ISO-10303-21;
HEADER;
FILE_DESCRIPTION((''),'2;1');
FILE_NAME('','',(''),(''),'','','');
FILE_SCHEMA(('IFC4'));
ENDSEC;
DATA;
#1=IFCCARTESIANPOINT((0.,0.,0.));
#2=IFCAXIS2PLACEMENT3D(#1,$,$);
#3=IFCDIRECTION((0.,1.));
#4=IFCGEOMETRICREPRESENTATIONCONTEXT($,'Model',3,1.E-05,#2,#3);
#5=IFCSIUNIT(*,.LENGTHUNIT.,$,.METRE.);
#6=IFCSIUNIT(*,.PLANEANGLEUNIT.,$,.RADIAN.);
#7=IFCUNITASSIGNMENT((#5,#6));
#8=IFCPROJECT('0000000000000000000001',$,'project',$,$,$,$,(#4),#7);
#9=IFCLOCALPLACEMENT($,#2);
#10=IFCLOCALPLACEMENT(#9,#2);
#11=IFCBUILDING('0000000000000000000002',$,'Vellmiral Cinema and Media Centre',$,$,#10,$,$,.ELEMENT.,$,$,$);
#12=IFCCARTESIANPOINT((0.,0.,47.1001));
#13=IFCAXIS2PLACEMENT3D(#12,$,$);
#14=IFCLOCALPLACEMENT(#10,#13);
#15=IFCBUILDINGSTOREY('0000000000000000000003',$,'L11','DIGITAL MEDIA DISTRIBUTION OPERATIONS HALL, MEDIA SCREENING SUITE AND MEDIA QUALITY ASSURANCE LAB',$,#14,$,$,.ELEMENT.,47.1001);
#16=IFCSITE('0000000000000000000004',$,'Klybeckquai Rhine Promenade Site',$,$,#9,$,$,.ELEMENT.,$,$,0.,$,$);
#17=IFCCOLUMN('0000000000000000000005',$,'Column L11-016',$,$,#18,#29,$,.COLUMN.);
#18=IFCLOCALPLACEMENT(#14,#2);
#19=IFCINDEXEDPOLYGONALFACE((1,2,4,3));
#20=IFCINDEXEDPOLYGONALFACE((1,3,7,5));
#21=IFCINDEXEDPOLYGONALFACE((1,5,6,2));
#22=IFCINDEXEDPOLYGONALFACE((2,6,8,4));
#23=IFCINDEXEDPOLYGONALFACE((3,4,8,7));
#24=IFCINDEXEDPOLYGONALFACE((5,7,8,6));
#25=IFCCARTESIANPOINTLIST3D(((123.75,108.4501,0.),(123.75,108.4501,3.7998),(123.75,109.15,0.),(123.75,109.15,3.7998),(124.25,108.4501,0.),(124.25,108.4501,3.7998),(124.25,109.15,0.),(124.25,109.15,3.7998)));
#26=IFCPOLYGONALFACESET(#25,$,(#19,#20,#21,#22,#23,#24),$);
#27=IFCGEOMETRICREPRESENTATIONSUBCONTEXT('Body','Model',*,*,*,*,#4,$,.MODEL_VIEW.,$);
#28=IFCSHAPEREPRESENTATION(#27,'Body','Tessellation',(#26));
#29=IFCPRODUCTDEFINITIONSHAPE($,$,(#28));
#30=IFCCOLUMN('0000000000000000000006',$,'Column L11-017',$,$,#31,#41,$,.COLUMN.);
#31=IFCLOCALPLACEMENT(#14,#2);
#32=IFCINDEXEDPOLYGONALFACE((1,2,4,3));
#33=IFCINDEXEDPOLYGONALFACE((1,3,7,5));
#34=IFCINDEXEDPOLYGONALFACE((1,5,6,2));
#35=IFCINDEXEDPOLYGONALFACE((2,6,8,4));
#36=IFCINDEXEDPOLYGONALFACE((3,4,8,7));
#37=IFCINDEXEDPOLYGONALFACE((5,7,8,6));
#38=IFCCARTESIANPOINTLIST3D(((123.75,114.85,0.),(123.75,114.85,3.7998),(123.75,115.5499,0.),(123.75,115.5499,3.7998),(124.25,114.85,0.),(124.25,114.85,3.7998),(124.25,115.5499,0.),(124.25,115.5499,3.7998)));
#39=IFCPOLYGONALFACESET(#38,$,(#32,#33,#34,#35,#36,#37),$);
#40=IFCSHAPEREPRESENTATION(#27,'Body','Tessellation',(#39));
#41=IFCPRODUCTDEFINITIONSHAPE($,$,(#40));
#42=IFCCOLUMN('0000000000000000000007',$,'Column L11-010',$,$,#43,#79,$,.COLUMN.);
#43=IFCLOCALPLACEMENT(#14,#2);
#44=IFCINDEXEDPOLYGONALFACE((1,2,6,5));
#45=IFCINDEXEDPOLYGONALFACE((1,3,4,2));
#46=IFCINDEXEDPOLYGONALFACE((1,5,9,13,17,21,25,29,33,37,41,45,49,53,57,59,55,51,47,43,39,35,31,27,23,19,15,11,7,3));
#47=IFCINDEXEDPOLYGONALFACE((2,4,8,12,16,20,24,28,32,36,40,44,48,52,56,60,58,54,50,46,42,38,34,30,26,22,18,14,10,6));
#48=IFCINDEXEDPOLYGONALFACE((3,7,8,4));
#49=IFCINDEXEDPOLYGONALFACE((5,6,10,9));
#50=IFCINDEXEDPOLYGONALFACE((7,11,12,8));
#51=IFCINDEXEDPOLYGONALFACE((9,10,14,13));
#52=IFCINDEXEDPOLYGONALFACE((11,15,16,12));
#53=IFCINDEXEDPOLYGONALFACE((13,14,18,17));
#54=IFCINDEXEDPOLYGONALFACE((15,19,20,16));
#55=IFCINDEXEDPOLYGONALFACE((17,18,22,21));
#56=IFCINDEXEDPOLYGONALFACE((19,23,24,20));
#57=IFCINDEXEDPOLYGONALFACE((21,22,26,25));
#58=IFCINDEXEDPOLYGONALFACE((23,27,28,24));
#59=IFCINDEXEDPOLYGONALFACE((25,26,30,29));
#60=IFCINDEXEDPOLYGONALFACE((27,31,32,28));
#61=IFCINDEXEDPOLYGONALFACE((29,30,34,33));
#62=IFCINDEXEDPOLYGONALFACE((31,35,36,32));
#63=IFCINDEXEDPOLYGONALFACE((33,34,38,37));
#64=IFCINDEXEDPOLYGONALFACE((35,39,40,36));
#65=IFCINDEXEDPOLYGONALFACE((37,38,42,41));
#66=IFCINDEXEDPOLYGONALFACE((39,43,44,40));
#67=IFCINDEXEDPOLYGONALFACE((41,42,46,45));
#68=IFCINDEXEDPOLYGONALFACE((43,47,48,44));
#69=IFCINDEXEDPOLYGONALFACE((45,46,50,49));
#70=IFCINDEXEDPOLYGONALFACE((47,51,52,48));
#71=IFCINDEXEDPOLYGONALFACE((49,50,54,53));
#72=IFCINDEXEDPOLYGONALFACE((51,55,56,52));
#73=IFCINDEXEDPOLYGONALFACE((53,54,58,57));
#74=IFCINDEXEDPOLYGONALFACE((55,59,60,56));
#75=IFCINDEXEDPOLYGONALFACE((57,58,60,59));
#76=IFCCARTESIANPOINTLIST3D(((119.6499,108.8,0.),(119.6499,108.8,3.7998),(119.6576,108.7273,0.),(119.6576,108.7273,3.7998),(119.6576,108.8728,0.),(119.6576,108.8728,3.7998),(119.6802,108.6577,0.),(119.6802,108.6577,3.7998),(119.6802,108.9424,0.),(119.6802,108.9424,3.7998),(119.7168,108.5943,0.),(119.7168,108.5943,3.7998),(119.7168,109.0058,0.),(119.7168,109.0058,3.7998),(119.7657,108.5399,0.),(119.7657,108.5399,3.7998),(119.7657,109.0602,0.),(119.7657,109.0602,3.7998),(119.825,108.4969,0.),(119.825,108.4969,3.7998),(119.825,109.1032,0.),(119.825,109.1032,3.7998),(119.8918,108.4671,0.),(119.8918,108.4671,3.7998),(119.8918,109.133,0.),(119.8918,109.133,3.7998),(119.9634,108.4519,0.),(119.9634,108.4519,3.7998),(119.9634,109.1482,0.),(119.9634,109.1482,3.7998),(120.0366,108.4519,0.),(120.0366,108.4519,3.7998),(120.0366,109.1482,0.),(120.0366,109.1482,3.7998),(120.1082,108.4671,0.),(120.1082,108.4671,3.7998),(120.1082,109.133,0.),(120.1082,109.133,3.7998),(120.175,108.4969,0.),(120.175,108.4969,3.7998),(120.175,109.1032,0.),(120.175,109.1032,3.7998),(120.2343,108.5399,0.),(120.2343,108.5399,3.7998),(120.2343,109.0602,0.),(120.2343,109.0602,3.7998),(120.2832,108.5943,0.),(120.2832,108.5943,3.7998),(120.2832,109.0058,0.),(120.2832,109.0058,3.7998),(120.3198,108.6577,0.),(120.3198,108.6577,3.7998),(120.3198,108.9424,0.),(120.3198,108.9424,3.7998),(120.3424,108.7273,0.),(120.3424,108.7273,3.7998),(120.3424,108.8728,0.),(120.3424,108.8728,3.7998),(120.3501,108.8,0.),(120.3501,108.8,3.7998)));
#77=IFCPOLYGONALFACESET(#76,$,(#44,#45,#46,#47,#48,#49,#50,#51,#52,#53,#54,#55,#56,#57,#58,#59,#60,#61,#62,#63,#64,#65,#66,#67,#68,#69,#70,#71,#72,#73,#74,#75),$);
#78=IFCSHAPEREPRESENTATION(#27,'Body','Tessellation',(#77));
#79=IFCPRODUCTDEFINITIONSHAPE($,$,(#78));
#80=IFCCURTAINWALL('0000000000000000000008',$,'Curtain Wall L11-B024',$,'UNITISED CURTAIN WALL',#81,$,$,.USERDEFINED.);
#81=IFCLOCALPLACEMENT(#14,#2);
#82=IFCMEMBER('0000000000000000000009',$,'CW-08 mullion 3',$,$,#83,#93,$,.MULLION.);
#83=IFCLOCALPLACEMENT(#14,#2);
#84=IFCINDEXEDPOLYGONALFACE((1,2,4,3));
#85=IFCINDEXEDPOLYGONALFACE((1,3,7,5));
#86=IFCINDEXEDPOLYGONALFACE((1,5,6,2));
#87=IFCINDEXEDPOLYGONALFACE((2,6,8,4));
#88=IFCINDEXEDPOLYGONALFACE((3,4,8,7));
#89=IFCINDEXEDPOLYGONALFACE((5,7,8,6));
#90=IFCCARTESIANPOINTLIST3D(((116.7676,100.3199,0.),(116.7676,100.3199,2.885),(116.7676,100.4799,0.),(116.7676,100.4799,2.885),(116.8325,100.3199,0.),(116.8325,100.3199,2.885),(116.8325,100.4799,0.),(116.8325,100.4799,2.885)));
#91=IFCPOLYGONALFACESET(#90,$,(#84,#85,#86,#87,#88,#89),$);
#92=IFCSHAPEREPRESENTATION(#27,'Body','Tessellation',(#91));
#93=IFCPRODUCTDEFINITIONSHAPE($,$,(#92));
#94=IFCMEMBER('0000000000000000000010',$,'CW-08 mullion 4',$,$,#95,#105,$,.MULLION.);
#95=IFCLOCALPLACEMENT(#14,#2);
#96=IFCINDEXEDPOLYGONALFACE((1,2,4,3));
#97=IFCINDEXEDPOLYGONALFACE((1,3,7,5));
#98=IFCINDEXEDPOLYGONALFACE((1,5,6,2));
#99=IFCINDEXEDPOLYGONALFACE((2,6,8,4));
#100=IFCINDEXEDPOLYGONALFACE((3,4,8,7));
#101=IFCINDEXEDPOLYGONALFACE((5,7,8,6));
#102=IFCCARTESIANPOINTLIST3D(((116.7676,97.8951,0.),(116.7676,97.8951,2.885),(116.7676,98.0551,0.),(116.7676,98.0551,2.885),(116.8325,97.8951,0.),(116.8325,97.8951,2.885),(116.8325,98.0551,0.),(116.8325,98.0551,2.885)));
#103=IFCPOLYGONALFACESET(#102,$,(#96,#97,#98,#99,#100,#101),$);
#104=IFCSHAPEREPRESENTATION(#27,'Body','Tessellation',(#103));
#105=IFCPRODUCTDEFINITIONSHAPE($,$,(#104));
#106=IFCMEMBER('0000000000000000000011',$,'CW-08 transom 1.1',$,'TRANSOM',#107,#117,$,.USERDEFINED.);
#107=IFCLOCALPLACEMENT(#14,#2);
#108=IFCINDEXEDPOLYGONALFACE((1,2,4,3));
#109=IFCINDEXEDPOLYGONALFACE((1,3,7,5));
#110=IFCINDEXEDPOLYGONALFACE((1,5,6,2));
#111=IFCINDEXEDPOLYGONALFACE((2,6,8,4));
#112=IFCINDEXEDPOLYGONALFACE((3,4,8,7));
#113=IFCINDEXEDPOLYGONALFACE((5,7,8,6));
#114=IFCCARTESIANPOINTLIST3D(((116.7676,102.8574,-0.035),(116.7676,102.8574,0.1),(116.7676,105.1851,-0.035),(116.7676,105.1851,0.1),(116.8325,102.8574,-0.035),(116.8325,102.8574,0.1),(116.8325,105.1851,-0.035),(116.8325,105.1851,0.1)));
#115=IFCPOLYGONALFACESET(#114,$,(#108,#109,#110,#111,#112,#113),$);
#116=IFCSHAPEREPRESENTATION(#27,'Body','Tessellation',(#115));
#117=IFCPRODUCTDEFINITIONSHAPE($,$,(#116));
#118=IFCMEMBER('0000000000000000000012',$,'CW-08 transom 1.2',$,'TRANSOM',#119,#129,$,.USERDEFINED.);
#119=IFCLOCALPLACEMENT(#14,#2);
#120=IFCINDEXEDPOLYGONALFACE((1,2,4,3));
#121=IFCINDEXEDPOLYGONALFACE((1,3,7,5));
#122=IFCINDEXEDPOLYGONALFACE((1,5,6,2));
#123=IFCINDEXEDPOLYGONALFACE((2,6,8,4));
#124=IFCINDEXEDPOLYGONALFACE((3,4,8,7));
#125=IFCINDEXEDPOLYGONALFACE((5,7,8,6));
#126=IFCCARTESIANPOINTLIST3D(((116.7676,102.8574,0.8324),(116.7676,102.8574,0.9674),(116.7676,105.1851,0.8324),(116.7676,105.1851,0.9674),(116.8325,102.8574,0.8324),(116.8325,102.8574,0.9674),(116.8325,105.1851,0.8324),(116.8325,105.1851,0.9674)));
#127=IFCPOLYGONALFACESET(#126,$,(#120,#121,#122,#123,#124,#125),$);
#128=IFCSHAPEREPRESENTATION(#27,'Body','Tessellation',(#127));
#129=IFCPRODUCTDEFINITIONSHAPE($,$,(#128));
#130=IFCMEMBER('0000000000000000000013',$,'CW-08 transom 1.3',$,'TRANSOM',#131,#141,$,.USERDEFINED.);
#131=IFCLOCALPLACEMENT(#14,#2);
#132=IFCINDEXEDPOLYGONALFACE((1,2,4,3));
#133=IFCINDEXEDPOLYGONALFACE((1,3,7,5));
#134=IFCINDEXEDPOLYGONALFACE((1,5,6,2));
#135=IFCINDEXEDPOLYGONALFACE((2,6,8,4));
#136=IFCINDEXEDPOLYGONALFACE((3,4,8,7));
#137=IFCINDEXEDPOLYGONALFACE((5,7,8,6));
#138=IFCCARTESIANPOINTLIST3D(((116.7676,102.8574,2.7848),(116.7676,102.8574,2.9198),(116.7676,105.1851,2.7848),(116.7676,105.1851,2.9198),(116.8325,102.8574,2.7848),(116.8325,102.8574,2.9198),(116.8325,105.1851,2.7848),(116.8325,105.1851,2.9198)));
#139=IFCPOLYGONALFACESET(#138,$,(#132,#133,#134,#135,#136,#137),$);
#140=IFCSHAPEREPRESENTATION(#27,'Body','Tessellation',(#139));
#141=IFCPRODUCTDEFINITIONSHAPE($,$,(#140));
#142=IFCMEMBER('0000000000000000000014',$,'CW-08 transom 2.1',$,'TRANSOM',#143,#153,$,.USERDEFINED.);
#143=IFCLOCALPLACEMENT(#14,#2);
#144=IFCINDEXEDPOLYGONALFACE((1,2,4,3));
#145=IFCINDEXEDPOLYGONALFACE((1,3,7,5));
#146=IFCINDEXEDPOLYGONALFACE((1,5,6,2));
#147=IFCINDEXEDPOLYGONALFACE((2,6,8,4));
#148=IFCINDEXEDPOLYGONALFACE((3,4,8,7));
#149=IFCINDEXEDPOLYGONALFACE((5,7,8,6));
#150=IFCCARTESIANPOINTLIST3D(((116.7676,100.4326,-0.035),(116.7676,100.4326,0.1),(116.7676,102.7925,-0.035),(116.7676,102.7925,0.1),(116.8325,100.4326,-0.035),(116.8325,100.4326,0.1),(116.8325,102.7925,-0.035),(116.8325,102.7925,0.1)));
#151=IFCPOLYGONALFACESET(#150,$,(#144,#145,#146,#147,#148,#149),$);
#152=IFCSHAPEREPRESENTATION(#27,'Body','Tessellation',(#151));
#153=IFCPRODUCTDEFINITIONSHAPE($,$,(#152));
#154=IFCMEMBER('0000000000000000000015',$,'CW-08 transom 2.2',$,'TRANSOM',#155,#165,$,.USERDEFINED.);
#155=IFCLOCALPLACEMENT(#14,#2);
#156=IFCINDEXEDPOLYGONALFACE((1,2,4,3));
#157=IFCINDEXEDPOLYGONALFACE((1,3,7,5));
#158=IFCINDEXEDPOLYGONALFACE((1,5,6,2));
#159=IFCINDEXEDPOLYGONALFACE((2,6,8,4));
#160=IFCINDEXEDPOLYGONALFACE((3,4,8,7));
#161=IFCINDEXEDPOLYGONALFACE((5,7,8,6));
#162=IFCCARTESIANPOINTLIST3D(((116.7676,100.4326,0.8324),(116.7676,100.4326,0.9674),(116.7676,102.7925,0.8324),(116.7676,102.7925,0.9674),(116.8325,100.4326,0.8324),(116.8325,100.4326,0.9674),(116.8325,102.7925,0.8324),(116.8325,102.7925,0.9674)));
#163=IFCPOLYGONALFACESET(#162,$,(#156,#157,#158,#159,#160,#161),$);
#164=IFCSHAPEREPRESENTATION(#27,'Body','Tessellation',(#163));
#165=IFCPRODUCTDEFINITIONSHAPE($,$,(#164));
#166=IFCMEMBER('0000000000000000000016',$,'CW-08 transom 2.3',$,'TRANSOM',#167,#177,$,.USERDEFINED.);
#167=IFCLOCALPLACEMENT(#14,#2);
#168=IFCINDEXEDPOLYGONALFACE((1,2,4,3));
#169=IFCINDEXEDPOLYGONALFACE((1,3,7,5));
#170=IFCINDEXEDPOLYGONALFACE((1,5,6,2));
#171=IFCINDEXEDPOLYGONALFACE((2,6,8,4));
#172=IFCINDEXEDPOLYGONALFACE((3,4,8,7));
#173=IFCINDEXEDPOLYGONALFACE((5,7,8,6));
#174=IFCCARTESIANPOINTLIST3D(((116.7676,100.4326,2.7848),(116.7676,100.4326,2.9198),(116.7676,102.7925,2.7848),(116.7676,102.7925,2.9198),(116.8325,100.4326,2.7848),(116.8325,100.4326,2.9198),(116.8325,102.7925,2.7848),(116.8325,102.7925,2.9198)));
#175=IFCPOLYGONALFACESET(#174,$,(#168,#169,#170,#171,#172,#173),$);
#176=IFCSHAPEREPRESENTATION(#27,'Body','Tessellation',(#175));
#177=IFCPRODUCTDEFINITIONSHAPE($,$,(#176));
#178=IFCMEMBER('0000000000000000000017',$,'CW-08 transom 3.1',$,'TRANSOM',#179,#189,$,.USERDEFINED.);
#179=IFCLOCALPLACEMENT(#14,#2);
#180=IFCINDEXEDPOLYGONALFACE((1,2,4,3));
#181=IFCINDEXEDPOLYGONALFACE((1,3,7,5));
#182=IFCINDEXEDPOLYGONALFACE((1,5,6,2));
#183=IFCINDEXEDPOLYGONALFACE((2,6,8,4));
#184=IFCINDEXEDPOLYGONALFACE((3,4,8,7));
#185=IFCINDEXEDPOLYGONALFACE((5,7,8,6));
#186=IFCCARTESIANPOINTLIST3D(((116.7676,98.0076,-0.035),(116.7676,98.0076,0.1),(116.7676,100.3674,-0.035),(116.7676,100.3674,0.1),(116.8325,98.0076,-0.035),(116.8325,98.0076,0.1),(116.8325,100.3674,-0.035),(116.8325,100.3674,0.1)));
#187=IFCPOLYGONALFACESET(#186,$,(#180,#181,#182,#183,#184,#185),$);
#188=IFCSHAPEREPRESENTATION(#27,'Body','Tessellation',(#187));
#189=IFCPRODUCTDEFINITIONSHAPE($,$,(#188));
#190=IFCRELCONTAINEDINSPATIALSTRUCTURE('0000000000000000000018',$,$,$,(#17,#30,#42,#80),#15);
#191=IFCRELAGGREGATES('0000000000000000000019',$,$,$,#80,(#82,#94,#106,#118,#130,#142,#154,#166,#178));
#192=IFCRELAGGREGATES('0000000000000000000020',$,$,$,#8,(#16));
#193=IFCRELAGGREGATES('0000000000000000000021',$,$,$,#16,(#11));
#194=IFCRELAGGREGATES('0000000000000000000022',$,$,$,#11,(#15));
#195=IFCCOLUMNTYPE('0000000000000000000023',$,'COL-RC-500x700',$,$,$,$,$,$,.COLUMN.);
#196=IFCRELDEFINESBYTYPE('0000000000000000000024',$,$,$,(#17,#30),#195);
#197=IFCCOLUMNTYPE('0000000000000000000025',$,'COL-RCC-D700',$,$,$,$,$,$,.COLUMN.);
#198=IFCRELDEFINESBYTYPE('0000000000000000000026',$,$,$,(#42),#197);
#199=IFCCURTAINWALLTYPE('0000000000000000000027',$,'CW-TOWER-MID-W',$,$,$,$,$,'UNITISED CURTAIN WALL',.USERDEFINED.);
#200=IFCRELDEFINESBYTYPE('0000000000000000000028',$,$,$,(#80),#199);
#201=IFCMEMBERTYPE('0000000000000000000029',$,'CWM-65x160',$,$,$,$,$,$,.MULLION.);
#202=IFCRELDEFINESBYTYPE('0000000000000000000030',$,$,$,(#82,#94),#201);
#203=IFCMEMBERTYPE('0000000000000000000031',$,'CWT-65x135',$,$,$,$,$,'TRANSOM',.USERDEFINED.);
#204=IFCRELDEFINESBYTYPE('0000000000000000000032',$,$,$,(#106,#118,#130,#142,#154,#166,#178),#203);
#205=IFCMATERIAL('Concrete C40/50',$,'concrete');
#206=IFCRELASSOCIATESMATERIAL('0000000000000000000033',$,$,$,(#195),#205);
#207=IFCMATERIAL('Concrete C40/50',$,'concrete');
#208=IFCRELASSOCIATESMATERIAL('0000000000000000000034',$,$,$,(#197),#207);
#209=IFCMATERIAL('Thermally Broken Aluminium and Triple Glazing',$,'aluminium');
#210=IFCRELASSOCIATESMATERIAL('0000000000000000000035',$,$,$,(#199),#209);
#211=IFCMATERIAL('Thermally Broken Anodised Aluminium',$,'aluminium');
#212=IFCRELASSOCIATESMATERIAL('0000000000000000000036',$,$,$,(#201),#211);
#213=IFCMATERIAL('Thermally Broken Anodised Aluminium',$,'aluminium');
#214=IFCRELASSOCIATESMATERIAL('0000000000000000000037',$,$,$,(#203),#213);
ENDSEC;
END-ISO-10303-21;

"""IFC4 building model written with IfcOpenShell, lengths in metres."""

from ifc_helpers import new_model, si_unit, direction, frame, origin, origin_2d, place, context, subcontext, project, spatial, rectangle, circle, extrude, material, material_profile, profile_set, type_object, element, aggregate, save


model = new_model("IFC4")

# Units and contexts
model_context = context("Model", 3, precision=1e-05, world=origin(), true_north=direction((0.0, 1.0)))
body_context = subcontext(model_context, "Body", "Model", "MODEL_VIEW")
ifc_project = project(units=[si_unit("LENGTHUNIT", "METRE"), si_unit("PLANEANGLEUNIT", "RADIAN")], contexts=[model_context])

# Site, building, storey
site_placement = place(None, origin())
site = spatial("IfcSite", under=ifc_project, at=site_placement, Name="Klybeckquai Rhine Promenade Site", CompositionType="ELEMENT", RefElevation=0.0)
building_placement = place(site_placement, origin())
building = spatial("IfcBuilding", under=site, at=building_placement, Name="Vellmiral Cinema and Media Centre", CompositionType="ELEMENT")
storey_placement = place(building_placement, frame((0.0, 0.0, 47.1001)))
storey = spatial("IfcBuildingStorey", under=building, at=storey_placement, Name="L11", Description="DIGITAL MEDIA DISTRIBUTION OPERATIONS HALL, MEDIA SCREENING SUITE AND MEDIA QUALITY ASSURANCE LAB", CompositionType="ELEMENT", Elevation=47.1001)

# Columns
ifc_material_1 = material(Name="Concrete C40/50", Category="concrete")
ifc_material_profile_1 = material_profile(ifc_material_1, rectangle(XDim=0.5, YDim=0.7, at=origin_2d()), Name="RC 500x700")
ifc_profile_set_1 = profile_set([ifc_material_profile_1], Name="Concrete C40/50")
column_type_1 = type_object("IfcColumnType", Name="COL-RC-500x700", PredefinedType="COLUMN", material=ifc_profile_set_1)
for number, where, z_axis, x_axis, name in (
    (1, (124.0, 108.8, 0.0), (0.0, 0.0, 1.0), (1.0, 0.0, 0.0), "Column L11-016"),
    (2, (124.0, 115.2, 0.0), (0.0, 0.0, 1.0), (1.0, 0.0, 0.0), "Column L11-017"),
):
    element("IfcColumn", number, at=place(storey_placement, frame(where, z_axis=z_axis, x_axis=x_axis)), inside=storey, type_object=column_type_1, Name=name, PredefinedType="COLUMN", context=body_context, shape_type="SweptSolid", body=[
        extrude(rectangle(XDim=0.5, YDim=0.7, at=origin_2d()), origin(), (0.0, 0.0, 1.0), 3.7998),
    ])
ifc_material_2 = material(Name="Concrete C40/50", Category="concrete")
ifc_material_profile_2 = material_profile(ifc_material_2, circle(Radius=0.3501, at=origin_2d()), Name="RC D700")
ifc_profile_set_2 = profile_set([ifc_material_profile_2], Name="Concrete C40/50")
column_type_2 = type_object("IfcColumnType", Name="COL-RCC-D700", PredefinedType="COLUMN", material=ifc_profile_set_2)
column_placement = place(storey_placement, frame((120.0, 108.8, 0.0), z_axis=(0.0, 0.0, 1.0), x_axis=(1.0, 0.0, 0.0)))
element("IfcColumn", 3, at=column_placement, inside=storey, type_object=column_type_2, Name="Column L11-010", PredefinedType="COLUMN", context=body_context, shape_type="SweptSolid", body=[
    extrude(circle(Radius=0.3501, at=origin_2d()), origin(), (0.0, 0.0, 1.0), 3.7998),
])

# Curtain wall, members
ifc_material_3 = material(Name="Thermally Broken Aluminium and Triple Glazing", Category="aluminium")
curtain_wall_type = type_object("IfcCurtainWallType", Name="CW-TOWER-MID-W", ElementType="UNITISED CURTAIN WALL", PredefinedType="USERDEFINED", material=ifc_material_3)
curtain_wall_placement = place(storey_placement, origin())
curtain_wall = element("IfcCurtainWall", 4, at=curtain_wall_placement, inside=storey, type_object=curtain_wall_type, Name="Curtain Wall L11-B024", ObjectType="UNITISED CURTAIN WALL", PredefinedType="USERDEFINED")
ifc_material_4 = material(Name="Thermally Broken Anodised Aluminium", Category="aluminium")
ifc_material_profile_3 = material_profile(ifc_material_4, rectangle(XDim=0.0649, YDim=0.1599, at=origin_2d()), Name="MULL 65x160")
ifc_profile_set_3 = profile_set([ifc_material_profile_3], Name="Thermally Broken Anodised Aluminium")
member_type_1 = type_object("IfcMemberType", Name="CWM-65x160", PredefinedType="MULLION", material=ifc_profile_set_3)
member_1_placement = place(storey_placement, frame((116.8, 100.3999, 0.0), z_axis=(0.0, 0.0, 1.0), x_axis=(1.0, 0.0, 0.0)))
member_1 = element("IfcMember", 5, at=member_1_placement, type_object=member_type_1, Name="CW-08 mullion 3", PredefinedType="MULLION", context=body_context, shape_type="SweptSolid", body=[
    extrude(rectangle(XDim=0.0649, YDim=0.1599, at=origin_2d()), origin(), (0.0, 0.0, 1.0), 2.885),
])
member_2_placement = place(storey_placement, frame((116.8, 97.9751, 0.0), z_axis=(0.0, 0.0, 1.0), x_axis=(1.0, 0.0, 0.0)))
member_2 = element("IfcMember", 6, at=member_2_placement, type_object=member_type_1, Name="CW-08 mullion 4", PredefinedType="MULLION", context=body_context, shape_type="SweptSolid", body=[
    extrude(rectangle(XDim=0.0649, YDim=0.1599, at=origin_2d()), origin(), (0.0, 0.0, 1.0), 2.885),
])
ifc_material_5 = material(Name="Thermally Broken Anodised Aluminium", Category="aluminium")
ifc_material_profile_4 = material_profile(ifc_material_5, rectangle(XDim=0.0649, YDim=0.135, at=origin_2d()), Name="MULL 65x135")
ifc_profile_set_4 = profile_set([ifc_material_profile_4], Name="Thermally Broken Anodised Aluminium")
member_type_2 = type_object("IfcMemberType", Name="CWT-65x135", ElementType="TRANSOM", PredefinedType="USERDEFINED", material=ifc_profile_set_4)
member_3_placement = place(storey_placement, frame((116.8, 105.1851, 0.0325), z_axis=(0.0, -1.0, 0.0), x_axis=(1.0, 0.0, 0.0)))
member_3 = element("IfcMember", 7, at=member_3_placement, type_object=member_type_2, Name="CW-08 transom 1.1", ObjectType="TRANSOM", PredefinedType="USERDEFINED", context=body_context, shape_type="SweptSolid", body=[
    extrude(rectangle(XDim=0.0649, YDim=0.135, at=origin_2d()), origin(), (0.0, 0.0, 1.0), 2.3276),
])
member_4_placement = place(storey_placement, frame((116.8, 105.1851, 0.8999), z_axis=(0.0, -1.0, 0.0), x_axis=(1.0, 0.0, 0.0)))
member_4 = element("IfcMember", 8, at=member_4_placement, type_object=member_type_2, Name="CW-08 transom 1.2", ObjectType="TRANSOM", PredefinedType="USERDEFINED", context=body_context, shape_type="SweptSolid", body=[
    extrude(rectangle(XDim=0.0649, YDim=0.135, at=origin_2d()), origin(), (0.0, 0.0, 1.0), 2.3276),
])
member_5_placement = place(storey_placement, frame((116.8, 105.1851, 2.8523), z_axis=(0.0, -1.0, 0.0), x_axis=(1.0, 0.0, 0.0)))
member_5 = element("IfcMember", 9, at=member_5_placement, type_object=member_type_2, Name="CW-08 transom 1.3", ObjectType="TRANSOM", PredefinedType="USERDEFINED", context=body_context, shape_type="SweptSolid", body=[
    extrude(rectangle(XDim=0.0649, YDim=0.135, at=origin_2d()), origin(), (0.0, 0.0, 1.0), 2.3276),
])
member_6_placement = place(storey_placement, frame((116.8, 102.7925, 0.0325), z_axis=(0.0, -1.0, 0.0), x_axis=(1.0, 0.0, 0.0)))
member_6 = element("IfcMember", 10, at=member_6_placement, type_object=member_type_2, Name="CW-08 transom 2.1", ObjectType="TRANSOM", PredefinedType="USERDEFINED", context=body_context, shape_type="SweptSolid", body=[
    extrude(rectangle(XDim=0.0649, YDim=0.135, at=origin_2d()), origin(), (0.0, 0.0, 1.0), 2.3599),
])
member_7_placement = place(storey_placement, frame((116.8, 102.7925, 0.8999), z_axis=(0.0, -1.0, 0.0), x_axis=(1.0, 0.0, 0.0)))
member_7 = element("IfcMember", 11, at=member_7_placement, type_object=member_type_2, Name="CW-08 transom 2.2", ObjectType="TRANSOM", PredefinedType="USERDEFINED", context=body_context, shape_type="SweptSolid", body=[
    extrude(rectangle(XDim=0.0649, YDim=0.135, at=origin_2d()), origin(), (0.0, 0.0, 1.0), 2.3599),
])
member_8_placement = place(storey_placement, frame((116.8, 102.7925, 2.8523), z_axis=(0.0, -1.0, 0.0), x_axis=(1.0, 0.0, 0.0)))
member_8 = element("IfcMember", 12, at=member_8_placement, type_object=member_type_2, Name="CW-08 transom 2.3", ObjectType="TRANSOM", PredefinedType="USERDEFINED", context=body_context, shape_type="SweptSolid", body=[
    extrude(rectangle(XDim=0.0649, YDim=0.135, at=origin_2d()), origin(), (0.0, 0.0, 1.0), 2.3599),
])
member_9_placement = place(storey_placement, frame((116.8, 100.3674, 0.0325), z_axis=(0.0, -1.0, 0.0), x_axis=(1.0, 0.0, 0.0)))
member_9 = element("IfcMember", 13, at=member_9_placement, type_object=member_type_2, Name="CW-08 transom 3.1", ObjectType="TRANSOM", PredefinedType="USERDEFINED", context=body_context, shape_type="SweptSolid", body=[
    extrude(rectangle(XDim=0.0649, YDim=0.135, at=origin_2d()), origin(), (0.0, 0.0, 1.0), 2.3599),
])

aggregate(curtain_wall, [member_1, member_2, member_3, member_4, member_5, member_6, member_7, member_8, member_9])

save(model, "model.ifc")
